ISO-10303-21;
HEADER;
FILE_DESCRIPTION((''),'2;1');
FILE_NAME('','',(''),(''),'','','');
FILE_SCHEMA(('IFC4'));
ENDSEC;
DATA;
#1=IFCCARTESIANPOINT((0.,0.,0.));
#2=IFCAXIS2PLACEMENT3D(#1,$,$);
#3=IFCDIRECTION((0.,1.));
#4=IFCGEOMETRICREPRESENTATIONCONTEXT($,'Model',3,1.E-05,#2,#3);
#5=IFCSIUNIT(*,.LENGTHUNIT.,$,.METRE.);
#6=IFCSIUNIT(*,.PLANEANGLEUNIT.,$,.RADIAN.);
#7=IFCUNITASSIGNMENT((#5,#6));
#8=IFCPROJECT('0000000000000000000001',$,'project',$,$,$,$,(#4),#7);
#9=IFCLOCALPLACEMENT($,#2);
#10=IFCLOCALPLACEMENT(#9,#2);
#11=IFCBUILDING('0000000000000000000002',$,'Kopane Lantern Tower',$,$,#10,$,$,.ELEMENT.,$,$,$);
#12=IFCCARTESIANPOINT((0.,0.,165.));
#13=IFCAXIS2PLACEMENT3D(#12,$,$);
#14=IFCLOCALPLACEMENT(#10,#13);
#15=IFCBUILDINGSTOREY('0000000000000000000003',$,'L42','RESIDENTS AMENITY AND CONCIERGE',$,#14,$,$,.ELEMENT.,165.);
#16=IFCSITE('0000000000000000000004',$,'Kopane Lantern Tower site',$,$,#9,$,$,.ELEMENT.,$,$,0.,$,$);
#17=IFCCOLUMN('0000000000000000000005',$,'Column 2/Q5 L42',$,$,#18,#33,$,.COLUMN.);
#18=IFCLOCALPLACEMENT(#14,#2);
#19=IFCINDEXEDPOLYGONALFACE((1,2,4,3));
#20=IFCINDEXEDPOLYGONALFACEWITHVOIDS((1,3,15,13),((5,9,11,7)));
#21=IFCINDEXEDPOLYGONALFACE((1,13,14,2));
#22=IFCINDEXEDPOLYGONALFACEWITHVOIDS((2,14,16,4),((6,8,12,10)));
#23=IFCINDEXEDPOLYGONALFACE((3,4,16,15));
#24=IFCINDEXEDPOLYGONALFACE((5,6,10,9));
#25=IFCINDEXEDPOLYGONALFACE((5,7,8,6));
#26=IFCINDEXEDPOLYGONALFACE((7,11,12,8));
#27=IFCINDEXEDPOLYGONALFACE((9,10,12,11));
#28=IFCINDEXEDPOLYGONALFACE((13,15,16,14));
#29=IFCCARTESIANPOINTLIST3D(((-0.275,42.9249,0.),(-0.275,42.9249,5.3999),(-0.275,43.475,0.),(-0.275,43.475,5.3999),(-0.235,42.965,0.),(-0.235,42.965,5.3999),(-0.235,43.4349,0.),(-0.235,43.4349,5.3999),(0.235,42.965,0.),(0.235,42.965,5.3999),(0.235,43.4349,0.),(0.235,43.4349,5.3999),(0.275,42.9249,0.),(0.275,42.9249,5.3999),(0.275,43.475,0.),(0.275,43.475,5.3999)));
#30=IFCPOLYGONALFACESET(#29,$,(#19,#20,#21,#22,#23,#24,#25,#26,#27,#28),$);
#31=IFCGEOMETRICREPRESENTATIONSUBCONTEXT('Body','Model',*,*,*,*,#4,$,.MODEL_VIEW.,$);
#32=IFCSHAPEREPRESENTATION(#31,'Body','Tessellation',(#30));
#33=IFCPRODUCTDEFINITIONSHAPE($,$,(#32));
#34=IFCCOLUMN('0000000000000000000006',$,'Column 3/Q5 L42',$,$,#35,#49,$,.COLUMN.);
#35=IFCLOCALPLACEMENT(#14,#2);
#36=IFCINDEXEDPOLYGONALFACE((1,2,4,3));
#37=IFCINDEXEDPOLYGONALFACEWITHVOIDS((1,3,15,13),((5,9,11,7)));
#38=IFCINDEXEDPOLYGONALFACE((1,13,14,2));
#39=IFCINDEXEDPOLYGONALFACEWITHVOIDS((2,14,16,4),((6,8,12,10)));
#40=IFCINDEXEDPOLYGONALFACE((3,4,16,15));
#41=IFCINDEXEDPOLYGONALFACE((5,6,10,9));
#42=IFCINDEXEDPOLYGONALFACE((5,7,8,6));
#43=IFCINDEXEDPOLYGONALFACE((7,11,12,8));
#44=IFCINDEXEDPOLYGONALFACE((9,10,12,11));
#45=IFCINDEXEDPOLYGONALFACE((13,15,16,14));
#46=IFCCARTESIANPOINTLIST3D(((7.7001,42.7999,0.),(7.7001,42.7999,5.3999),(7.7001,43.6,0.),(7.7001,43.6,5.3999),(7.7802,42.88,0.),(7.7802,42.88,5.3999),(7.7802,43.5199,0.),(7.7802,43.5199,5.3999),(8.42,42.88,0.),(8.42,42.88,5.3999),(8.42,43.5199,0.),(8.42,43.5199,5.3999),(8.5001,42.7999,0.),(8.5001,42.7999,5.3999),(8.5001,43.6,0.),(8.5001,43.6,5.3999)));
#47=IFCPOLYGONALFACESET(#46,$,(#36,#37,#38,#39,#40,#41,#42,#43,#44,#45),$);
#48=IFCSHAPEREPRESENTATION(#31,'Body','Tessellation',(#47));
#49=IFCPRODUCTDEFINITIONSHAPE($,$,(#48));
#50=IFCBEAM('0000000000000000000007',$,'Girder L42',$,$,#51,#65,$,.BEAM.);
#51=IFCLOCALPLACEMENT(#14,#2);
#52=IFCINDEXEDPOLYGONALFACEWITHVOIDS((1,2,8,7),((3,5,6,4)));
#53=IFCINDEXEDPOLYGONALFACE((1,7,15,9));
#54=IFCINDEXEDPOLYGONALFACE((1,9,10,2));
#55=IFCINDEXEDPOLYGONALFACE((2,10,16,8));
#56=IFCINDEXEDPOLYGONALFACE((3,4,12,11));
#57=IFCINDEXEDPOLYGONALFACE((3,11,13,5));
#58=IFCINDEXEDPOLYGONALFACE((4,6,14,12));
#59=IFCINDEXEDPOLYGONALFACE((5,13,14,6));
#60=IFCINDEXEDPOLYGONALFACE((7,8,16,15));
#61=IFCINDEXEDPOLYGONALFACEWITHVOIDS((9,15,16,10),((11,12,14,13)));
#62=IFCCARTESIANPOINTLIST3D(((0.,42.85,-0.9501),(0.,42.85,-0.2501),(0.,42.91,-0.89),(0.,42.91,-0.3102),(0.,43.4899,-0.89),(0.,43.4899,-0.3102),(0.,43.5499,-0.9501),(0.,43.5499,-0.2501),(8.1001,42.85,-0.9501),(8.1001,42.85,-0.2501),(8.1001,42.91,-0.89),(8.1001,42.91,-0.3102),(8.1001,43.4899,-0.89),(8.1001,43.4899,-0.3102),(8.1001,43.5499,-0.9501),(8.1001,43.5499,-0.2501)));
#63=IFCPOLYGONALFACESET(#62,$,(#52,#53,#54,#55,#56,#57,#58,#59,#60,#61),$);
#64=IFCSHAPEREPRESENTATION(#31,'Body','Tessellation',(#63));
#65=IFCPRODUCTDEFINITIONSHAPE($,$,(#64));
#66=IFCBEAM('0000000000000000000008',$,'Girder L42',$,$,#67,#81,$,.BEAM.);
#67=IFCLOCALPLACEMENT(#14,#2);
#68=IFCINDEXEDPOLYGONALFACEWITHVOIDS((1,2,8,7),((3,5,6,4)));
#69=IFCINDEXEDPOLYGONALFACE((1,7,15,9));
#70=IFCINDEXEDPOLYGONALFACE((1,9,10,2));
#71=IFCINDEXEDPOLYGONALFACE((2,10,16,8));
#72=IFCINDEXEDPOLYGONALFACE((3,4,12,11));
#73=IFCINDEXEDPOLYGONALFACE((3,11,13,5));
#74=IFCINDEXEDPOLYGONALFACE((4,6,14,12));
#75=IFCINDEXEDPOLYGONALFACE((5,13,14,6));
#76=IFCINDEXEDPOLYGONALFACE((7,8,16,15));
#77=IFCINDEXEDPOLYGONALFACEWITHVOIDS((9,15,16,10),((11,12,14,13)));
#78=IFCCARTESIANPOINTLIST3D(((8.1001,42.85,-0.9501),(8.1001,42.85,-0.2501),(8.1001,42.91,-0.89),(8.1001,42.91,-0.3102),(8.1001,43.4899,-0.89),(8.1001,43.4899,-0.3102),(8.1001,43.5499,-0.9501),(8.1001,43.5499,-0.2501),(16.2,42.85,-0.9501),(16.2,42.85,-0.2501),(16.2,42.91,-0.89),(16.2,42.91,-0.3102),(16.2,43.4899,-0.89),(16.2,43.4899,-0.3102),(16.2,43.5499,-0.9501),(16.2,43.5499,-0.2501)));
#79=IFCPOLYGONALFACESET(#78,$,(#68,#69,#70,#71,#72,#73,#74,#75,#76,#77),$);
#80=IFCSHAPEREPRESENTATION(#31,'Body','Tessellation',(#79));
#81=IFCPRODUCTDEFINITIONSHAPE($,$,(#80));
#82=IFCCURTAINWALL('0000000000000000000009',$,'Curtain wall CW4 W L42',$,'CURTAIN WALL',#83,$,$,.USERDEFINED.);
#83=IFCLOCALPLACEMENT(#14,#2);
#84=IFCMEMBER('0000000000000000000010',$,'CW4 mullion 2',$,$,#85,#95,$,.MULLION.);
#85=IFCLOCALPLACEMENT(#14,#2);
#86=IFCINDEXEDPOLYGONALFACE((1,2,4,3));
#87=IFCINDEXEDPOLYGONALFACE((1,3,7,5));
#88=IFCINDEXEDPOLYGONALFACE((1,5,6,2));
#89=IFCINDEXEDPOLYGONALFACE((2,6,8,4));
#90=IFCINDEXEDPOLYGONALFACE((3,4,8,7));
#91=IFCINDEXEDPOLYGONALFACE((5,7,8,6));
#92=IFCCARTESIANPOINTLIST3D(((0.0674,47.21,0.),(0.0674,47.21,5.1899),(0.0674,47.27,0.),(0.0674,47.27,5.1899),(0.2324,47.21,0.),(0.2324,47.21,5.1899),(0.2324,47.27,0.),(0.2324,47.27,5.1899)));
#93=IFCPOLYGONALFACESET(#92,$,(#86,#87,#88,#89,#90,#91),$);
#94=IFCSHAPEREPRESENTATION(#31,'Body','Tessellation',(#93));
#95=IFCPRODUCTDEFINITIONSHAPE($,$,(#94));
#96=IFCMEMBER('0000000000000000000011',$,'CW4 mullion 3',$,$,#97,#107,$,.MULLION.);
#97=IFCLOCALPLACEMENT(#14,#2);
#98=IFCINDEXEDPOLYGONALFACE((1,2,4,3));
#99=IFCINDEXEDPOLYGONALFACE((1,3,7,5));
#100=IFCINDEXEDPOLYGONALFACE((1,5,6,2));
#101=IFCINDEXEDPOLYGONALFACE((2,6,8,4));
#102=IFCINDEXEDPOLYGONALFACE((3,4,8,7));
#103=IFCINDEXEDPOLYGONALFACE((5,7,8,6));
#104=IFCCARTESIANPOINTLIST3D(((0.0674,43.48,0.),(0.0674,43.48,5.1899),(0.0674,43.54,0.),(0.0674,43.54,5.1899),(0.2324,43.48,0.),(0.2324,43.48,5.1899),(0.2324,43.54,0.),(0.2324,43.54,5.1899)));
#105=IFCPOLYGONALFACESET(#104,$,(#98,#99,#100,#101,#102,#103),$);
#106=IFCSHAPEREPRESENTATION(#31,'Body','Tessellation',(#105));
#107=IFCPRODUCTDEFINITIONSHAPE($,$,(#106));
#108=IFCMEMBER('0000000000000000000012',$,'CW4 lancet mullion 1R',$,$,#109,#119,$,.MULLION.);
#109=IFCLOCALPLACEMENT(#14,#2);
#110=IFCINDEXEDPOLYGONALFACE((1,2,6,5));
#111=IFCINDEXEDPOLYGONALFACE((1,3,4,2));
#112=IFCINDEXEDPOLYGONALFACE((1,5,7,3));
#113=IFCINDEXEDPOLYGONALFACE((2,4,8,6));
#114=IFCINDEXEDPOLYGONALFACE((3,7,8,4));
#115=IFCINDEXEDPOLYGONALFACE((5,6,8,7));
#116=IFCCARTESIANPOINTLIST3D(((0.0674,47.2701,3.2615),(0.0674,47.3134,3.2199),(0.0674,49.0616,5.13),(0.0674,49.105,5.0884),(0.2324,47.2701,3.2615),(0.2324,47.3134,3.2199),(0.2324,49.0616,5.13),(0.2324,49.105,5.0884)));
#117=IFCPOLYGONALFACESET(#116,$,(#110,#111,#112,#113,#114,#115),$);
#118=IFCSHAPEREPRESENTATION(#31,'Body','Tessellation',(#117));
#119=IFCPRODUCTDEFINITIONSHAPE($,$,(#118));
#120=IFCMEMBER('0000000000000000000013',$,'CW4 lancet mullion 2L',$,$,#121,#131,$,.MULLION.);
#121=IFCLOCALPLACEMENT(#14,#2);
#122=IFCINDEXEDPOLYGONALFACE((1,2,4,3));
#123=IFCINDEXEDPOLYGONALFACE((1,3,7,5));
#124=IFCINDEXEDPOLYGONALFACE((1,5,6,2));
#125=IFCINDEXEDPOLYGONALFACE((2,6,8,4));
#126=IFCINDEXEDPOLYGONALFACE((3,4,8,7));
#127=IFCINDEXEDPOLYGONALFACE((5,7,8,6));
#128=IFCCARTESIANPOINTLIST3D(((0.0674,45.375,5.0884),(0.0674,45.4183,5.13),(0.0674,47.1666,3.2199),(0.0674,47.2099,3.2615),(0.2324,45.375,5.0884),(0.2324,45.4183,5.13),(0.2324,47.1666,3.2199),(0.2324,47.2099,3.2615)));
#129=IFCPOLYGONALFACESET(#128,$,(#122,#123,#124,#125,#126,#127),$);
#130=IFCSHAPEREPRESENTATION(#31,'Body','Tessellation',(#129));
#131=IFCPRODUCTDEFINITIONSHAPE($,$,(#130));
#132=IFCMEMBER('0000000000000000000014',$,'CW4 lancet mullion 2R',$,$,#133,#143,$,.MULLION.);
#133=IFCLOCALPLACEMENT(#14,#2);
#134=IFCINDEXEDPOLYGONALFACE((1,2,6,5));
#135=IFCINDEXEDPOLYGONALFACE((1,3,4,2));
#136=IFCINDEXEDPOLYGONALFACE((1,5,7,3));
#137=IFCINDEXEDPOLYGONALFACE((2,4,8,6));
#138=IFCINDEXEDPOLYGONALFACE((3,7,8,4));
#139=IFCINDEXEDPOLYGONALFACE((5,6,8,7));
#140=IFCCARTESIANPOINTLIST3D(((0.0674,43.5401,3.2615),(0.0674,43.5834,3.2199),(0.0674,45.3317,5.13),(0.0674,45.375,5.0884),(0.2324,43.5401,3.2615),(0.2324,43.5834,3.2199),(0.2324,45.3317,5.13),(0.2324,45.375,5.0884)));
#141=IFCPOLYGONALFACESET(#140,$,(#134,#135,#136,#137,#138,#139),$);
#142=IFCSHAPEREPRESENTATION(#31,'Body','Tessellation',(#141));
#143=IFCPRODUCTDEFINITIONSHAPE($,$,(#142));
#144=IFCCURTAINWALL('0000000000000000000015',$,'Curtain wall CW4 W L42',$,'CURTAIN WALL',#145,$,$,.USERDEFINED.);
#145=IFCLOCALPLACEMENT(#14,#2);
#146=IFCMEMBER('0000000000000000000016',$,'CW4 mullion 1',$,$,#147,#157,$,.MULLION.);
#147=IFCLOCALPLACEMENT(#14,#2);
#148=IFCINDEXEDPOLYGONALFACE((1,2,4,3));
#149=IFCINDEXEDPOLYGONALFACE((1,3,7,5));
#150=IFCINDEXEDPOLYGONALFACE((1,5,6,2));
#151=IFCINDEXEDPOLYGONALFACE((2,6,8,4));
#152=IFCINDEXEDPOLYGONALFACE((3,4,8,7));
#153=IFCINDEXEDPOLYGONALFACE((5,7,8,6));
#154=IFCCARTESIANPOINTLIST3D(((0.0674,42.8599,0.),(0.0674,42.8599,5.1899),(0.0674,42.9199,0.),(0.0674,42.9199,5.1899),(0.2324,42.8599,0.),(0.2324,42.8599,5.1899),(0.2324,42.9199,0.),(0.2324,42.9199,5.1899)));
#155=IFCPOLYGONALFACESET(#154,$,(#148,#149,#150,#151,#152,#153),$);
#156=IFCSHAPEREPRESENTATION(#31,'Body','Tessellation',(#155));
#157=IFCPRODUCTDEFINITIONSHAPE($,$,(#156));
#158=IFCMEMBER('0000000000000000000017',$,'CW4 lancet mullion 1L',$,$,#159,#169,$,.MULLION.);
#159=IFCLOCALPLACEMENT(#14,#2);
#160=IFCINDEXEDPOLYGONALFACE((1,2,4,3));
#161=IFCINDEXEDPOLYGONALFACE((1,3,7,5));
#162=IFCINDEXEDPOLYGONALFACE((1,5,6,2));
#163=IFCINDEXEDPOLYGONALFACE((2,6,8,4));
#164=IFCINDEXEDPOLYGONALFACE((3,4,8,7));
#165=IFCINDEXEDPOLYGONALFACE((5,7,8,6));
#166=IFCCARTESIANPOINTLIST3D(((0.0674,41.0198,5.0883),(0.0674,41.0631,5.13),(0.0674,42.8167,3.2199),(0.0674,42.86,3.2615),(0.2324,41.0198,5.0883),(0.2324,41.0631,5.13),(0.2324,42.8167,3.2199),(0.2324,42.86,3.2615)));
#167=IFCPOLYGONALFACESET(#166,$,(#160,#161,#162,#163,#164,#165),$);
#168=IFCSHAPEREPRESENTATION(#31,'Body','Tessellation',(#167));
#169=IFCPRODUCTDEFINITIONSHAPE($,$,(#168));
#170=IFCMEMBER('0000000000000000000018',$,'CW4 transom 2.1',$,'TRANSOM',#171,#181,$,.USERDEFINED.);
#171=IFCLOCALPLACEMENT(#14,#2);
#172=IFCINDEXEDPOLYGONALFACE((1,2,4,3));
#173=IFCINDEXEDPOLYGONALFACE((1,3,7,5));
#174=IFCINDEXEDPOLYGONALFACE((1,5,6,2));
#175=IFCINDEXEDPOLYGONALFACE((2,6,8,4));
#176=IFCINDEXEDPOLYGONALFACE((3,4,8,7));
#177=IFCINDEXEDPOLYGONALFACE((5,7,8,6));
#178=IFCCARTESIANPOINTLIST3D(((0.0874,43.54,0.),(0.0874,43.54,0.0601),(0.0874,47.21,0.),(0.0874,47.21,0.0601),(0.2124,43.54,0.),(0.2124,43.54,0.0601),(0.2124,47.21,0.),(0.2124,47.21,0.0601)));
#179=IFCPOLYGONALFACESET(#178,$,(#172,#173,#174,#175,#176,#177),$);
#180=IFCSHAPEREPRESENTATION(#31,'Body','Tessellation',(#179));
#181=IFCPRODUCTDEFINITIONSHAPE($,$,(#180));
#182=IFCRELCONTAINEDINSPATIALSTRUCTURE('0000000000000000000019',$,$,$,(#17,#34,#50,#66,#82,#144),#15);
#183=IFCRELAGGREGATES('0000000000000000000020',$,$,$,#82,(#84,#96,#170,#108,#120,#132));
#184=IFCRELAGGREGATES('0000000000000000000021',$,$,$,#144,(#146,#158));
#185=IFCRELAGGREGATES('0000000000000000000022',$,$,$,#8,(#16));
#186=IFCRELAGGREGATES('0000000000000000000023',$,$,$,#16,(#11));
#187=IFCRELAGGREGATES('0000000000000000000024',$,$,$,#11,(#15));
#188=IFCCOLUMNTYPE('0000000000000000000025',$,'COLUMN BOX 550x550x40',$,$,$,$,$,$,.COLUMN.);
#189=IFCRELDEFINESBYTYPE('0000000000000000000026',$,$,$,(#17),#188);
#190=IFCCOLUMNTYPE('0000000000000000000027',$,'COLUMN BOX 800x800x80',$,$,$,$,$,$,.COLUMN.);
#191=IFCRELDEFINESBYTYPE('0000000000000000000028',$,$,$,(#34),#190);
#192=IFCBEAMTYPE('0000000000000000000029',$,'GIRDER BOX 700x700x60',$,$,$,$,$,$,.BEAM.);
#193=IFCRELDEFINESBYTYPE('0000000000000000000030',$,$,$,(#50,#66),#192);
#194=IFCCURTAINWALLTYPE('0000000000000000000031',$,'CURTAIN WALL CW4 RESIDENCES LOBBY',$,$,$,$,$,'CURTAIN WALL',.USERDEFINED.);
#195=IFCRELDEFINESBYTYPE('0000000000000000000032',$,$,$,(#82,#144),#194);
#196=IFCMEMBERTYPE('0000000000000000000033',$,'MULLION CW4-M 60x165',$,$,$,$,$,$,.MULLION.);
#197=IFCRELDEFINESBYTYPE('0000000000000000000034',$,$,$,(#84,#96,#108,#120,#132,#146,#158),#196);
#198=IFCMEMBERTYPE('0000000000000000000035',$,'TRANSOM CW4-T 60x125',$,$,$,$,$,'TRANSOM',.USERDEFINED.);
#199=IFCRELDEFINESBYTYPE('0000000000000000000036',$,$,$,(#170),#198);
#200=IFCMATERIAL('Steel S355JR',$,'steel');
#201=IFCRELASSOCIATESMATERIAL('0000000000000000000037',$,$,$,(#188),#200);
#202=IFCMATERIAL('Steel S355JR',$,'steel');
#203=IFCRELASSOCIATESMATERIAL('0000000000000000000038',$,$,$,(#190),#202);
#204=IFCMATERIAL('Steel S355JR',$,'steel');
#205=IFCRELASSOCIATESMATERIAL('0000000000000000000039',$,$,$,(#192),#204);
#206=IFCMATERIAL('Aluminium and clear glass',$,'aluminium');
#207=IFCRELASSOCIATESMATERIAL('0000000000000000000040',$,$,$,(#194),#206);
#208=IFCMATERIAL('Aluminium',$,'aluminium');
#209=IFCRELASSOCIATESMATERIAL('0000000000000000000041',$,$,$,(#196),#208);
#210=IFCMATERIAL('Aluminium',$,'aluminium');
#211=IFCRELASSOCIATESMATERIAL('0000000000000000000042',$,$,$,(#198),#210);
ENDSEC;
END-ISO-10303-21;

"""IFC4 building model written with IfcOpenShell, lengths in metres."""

from ifc_helpers import new_model, si_unit, direction, frame, origin, origin_2d, place, context, subcontext, project, spatial, rectangle, hollow_rectangle, extrude, material, material_profile, profile_set, type_object, element, aggregate, save


model = new_model("IFC4")

# Units and contexts
model_context = context("Model", 3, precision=1e-05, world=origin(), true_north=direction((0.0, 1.0)))
body_context = subcontext(model_context, "Body", "Model", "MODEL_VIEW")
ifc_project = project(units=[si_unit("LENGTHUNIT", "METRE"), si_unit("PLANEANGLEUNIT", "RADIAN")], contexts=[model_context])

# Site, building, storey
site_placement = place(None, origin())
site = spatial("IfcSite", under=ifc_project, at=site_placement, Name="Kopane Lantern Tower site", CompositionType="ELEMENT", RefElevation=0.0)
building_placement = place(site_placement, origin())
building = spatial("IfcBuilding", under=site, at=building_placement, Name="Kopane Lantern Tower", CompositionType="ELEMENT")
storey_placement = place(building_placement, frame((0.0, 0.0, 165.0)))
storey = spatial("IfcBuildingStorey", under=building, at=storey_placement, Name="L42", Description="RESIDENTS AMENITY AND CONCIERGE", CompositionType="ELEMENT", Elevation=165.0)

# Columns
ifc_material_1 = material(Name="Steel S355JR", Category="steel")
ifc_material_profile_1 = material_profile(ifc_material_1, hollow_rectangle(XDim=0.55, YDim=0.55, WallThickness=0.04, at=origin_2d()), Name="BOX 550x550x40")
ifc_profile_set_1 = profile_set([ifc_material_profile_1], Name="Steel S355JR")
column_type_1 = type_object("IfcColumnType", Name="COLUMN BOX 550x550x40", PredefinedType="COLUMN", material=ifc_profile_set_1)
column_1_placement = place(storey_placement, frame((0.0, 43.2, 0.0), z_axis=(0.0, 0.0, 1.0), x_axis=(1.0, 0.0, 0.0)))
element("IfcColumn", 1, at=column_1_placement, inside=storey, type_object=column_type_1, Name="Column 2/Q5 L42", PredefinedType="COLUMN", context=body_context, shape_type="SweptSolid", body=[
    extrude(hollow_rectangle(XDim=0.55, YDim=0.55, WallThickness=0.04, at=origin_2d()), origin(), (0.0, 0.0, 1.0), 5.3999),
])
ifc_material_2 = material(Name="Steel S355JR", Category="steel")
ifc_material_profile_2 = material_profile(ifc_material_2, hollow_rectangle(XDim=0.8, YDim=0.8, WallThickness=0.0801, at=origin_2d()), Name="BOX 800x800x80")
ifc_profile_set_2 = profile_set([ifc_material_profile_2], Name="Steel S355JR")
column_type_2 = type_object("IfcColumnType", Name="COLUMN BOX 800x800x80", PredefinedType="COLUMN", material=ifc_profile_set_2)
column_2_placement = place(storey_placement, frame((8.1001, 43.2, 0.0), z_axis=(0.0, 0.0, 1.0), x_axis=(1.0, 0.0, 0.0)))
element("IfcColumn", 2, at=column_2_placement, inside=storey, type_object=column_type_2, Name="Column 3/Q5 L42", PredefinedType="COLUMN", context=body_context, shape_type="SweptSolid", body=[
    extrude(hollow_rectangle(XDim=0.8, YDim=0.8, WallThickness=0.0801, at=origin_2d()), origin(), (0.0, 0.0, 1.0), 5.3999),
])

# Beams
ifc_material_3 = material(Name="Steel S355JR", Category="steel")
ifc_material_profile_3 = material_profile(ifc_material_3, hollow_rectangle(XDim=0.7, YDim=0.7, WallThickness=0.0601, at=origin_2d()), Name="BOX 700x700x60")
ifc_profile_set_3 = profile_set([ifc_material_profile_3], Name="Steel S355JR")
beam_type = type_object("IfcBeamType", Name="GIRDER BOX 700x700x60", PredefinedType="BEAM", material=ifc_profile_set_3)
beam_1_placement = place(storey_placement, frame((0.0, 43.2, -0.6001), z_axis=(1.0, 0.0, 0.0), x_axis=(0.0, 1.0, 0.0)))
element("IfcBeam", 3, at=beam_1_placement, inside=storey, type_object=beam_type, Name="Girder L42", PredefinedType="BEAM", context=body_context, shape_type="SweptSolid", body=[
    extrude(hollow_rectangle(XDim=0.7, YDim=0.7, WallThickness=0.0601, at=origin_2d()), origin(), (0.0, 0.0, 1.0), 8.1001),
])
beam_2_placement = place(storey_placement, frame((8.1001, 43.2, -0.6001), z_axis=(1.0, 0.0, 0.0), x_axis=(0.0, 1.0, 0.0)))
element("IfcBeam", 4, at=beam_2_placement, inside=storey, type_object=beam_type, Name="Girder L42", PredefinedType="BEAM", context=body_context, shape_type="SweptSolid", body=[
    extrude(hollow_rectangle(XDim=0.7, YDim=0.7, WallThickness=0.0601, at=origin_2d()), origin(), (0.0, 0.0, 1.0), 8.0999),
])

# Curtain walls, members
ifc_material_4 = material(Name="Aluminium and clear glass", Category="aluminium")
curtain_wall_type = type_object("IfcCurtainWallType", Name="CURTAIN WALL CW4 RESIDENCES LOBBY", ElementType="CURTAIN WALL", PredefinedType="USERDEFINED", material=ifc_material_4)
curtain_wall_1_placement = place(storey_placement, origin())
curtain_wall_1 = element("IfcCurtainWall", 5, at=curtain_wall_1_placement, inside=storey, type_object=curtain_wall_type, Name="Curtain wall CW4 W L42", ObjectType="CURTAIN WALL", PredefinedType="USERDEFINED")
ifc_material_5 = material(Name="Aluminium", Category="aluminium")
ifc_material_profile_4 = material_profile(ifc_material_5, rectangle(XDim=0.0601, YDim=0.165, at=origin_2d()), Name="AL 60x165")
ifc_profile_set_4 = profile_set([ifc_material_profile_4], Name="Aluminium")
member_type_1 = type_object("IfcMemberType", Name="MULLION CW4-M 60x165", PredefinedType="MULLION", material=ifc_profile_set_4)
member_1_placement = place(storey_placement, frame((0.1499, 47.24, 0.0), z_axis=(0.0, 0.0, 1.0), x_axis=(0.0, -1.0, 0.0)))
member_1 = element("IfcMember", 6, at=member_1_placement, type_object=member_type_1, Name="CW4 mullion 2", PredefinedType="MULLION", context=body_context, shape_type="SweptSolid", body=[
    extrude(rectangle(XDim=0.0601, YDim=0.165, at=origin_2d()), origin(), (0.0, 0.0, 1.0), 5.1899),
])
member_2_placement = place(storey_placement, frame((0.1499, 43.51, 0.0), z_axis=(0.0, 0.0, 1.0), x_axis=(0.0, -1.0, 0.0)))
member_2 = element("IfcMember", 7, at=member_2_placement, type_object=member_type_1, Name="CW4 mullion 3", PredefinedType="MULLION", context=body_context, shape_type="SweptSolid", body=[
    extrude(rectangle(XDim=0.0601, YDim=0.165, at=origin_2d()), origin(), (0.0, 0.0, 1.0), 5.1899),
])
member_3_placement = place(storey_placement, frame((0.1499, 47.2917, 3.2407), z_axis=(0.0, 0.692096, 0.721806), x_axis=(0.0, -0.721806, 0.692096)))
member_3 = element("IfcMember", 8, at=member_3_placement, type_object=member_type_1, Name="CW4 lancet mullion 1R", PredefinedType="MULLION", context=body_context, shape_type="SweptSolid", body=[
    extrude(rectangle(XDim=0.0601, YDim=0.165, at=origin_2d()), origin(), (0.0, 0.0, 1.0), 2.5886),
])
member_4_placement = place(storey_placement, frame((0.1499, 47.1882, 3.2407), z_axis=(0.0, -0.692096, 0.721806), x_axis=(0.0, 0.721806, 0.692096)))
member_4 = element("IfcMember", 9, at=member_4_placement, type_object=member_type_1, Name="CW4 lancet mullion 2L", PredefinedType="MULLION", context=body_context, shape_type="SweptSolid", body=[
    extrude(rectangle(XDim=0.0601, YDim=0.165, at=origin_2d()), origin(), (0.0, 0.0, 1.0), 2.5886),
])
member_5_placement = place(storey_placement, frame((0.1499, 43.5618, 3.2407), z_axis=(0.0, 0.692096, 0.721806), x_axis=(0.0, -0.721806, 0.692096)))
member_5 = element("IfcMember", 10, at=member_5_placement, type_object=member_type_1, Name="CW4 lancet mullion 2R", PredefinedType="MULLION", context=body_context, shape_type="SweptSolid", body=[
    extrude(rectangle(XDim=0.0601, YDim=0.165, at=origin_2d()), origin(), (0.0, 0.0, 1.0), 2.5886),
])
curtain_wall_2_placement = place(storey_placement, origin())
curtain_wall_2 = element("IfcCurtainWall", 11, at=curtain_wall_2_placement, inside=storey, type_object=curtain_wall_type, Name="Curtain wall CW4 W L42", ObjectType="CURTAIN WALL", PredefinedType="USERDEFINED")
member_6_placement = place(storey_placement, frame((0.1499, 42.8899, 0.0), z_axis=(0.0, 0.0, 1.0), x_axis=(0.0, -1.0, 0.0)))
member_6 = element("IfcMember", 12, at=member_6_placement, type_object=member_type_1, Name="CW4 mullion 1", PredefinedType="MULLION", context=body_context, shape_type="SweptSolid", body=[
    extrude(rectangle(XDim=0.0601, YDim=0.165, at=origin_2d()), origin(), (0.0, 0.0, 1.0), 5.1899),
])
member_7_placement = place(storey_placement, frame((0.1499, 42.8384, 3.2407), z_axis=(0.0, -0.693175, 0.72077), x_axis=(0.0, 0.72077, 0.693175)))
member_7 = element("IfcMember", 13, at=member_7_placement, type_object=member_type_1, Name="CW4 lancet mullion 1L", PredefinedType="MULLION", context=body_context, shape_type="SweptSolid", body=[
    extrude(rectangle(XDim=0.0601, YDim=0.165, at=origin_2d()), origin(), (0.0, 0.0, 1.0), 2.5923),
])

# Member
ifc_material_6 = material(Name="Aluminium", Category="aluminium")
ifc_material_profile_5 = material_profile(ifc_material_6, rectangle(XDim=0.125, YDim=0.0601, at=origin_2d()), Name="AL 125x60")
ifc_profile_set_5 = profile_set([ifc_material_profile_5], Name="Aluminium")
member_type_2 = type_object("IfcMemberType", Name="TRANSOM CW4-T 60x125", ElementType="TRANSOM", PredefinedType="USERDEFINED", material=ifc_profile_set_5)
member_8_placement = place(storey_placement, frame((0.1499, 47.21, 0.03), z_axis=(0.0, -1.0, 0.0), x_axis=(1.0, 0.0, 0.0)))
member_8 = element("IfcMember", 14, at=member_8_placement, type_object=member_type_2, Name="CW4 transom 2.1", ObjectType="TRANSOM", PredefinedType="USERDEFINED", context=body_context, shape_type="SweptSolid", body=[
    extrude(rectangle(XDim=0.125, YDim=0.0601, at=origin_2d()), origin(), (0.0, 0.0, 1.0), 3.6699),
])

aggregate(curtain_wall_1, [member_1, member_2, member_8, member_3, member_4, member_5])
aggregate(curtain_wall_2, [member_6, member_7])

save(model, "model.ifc")
